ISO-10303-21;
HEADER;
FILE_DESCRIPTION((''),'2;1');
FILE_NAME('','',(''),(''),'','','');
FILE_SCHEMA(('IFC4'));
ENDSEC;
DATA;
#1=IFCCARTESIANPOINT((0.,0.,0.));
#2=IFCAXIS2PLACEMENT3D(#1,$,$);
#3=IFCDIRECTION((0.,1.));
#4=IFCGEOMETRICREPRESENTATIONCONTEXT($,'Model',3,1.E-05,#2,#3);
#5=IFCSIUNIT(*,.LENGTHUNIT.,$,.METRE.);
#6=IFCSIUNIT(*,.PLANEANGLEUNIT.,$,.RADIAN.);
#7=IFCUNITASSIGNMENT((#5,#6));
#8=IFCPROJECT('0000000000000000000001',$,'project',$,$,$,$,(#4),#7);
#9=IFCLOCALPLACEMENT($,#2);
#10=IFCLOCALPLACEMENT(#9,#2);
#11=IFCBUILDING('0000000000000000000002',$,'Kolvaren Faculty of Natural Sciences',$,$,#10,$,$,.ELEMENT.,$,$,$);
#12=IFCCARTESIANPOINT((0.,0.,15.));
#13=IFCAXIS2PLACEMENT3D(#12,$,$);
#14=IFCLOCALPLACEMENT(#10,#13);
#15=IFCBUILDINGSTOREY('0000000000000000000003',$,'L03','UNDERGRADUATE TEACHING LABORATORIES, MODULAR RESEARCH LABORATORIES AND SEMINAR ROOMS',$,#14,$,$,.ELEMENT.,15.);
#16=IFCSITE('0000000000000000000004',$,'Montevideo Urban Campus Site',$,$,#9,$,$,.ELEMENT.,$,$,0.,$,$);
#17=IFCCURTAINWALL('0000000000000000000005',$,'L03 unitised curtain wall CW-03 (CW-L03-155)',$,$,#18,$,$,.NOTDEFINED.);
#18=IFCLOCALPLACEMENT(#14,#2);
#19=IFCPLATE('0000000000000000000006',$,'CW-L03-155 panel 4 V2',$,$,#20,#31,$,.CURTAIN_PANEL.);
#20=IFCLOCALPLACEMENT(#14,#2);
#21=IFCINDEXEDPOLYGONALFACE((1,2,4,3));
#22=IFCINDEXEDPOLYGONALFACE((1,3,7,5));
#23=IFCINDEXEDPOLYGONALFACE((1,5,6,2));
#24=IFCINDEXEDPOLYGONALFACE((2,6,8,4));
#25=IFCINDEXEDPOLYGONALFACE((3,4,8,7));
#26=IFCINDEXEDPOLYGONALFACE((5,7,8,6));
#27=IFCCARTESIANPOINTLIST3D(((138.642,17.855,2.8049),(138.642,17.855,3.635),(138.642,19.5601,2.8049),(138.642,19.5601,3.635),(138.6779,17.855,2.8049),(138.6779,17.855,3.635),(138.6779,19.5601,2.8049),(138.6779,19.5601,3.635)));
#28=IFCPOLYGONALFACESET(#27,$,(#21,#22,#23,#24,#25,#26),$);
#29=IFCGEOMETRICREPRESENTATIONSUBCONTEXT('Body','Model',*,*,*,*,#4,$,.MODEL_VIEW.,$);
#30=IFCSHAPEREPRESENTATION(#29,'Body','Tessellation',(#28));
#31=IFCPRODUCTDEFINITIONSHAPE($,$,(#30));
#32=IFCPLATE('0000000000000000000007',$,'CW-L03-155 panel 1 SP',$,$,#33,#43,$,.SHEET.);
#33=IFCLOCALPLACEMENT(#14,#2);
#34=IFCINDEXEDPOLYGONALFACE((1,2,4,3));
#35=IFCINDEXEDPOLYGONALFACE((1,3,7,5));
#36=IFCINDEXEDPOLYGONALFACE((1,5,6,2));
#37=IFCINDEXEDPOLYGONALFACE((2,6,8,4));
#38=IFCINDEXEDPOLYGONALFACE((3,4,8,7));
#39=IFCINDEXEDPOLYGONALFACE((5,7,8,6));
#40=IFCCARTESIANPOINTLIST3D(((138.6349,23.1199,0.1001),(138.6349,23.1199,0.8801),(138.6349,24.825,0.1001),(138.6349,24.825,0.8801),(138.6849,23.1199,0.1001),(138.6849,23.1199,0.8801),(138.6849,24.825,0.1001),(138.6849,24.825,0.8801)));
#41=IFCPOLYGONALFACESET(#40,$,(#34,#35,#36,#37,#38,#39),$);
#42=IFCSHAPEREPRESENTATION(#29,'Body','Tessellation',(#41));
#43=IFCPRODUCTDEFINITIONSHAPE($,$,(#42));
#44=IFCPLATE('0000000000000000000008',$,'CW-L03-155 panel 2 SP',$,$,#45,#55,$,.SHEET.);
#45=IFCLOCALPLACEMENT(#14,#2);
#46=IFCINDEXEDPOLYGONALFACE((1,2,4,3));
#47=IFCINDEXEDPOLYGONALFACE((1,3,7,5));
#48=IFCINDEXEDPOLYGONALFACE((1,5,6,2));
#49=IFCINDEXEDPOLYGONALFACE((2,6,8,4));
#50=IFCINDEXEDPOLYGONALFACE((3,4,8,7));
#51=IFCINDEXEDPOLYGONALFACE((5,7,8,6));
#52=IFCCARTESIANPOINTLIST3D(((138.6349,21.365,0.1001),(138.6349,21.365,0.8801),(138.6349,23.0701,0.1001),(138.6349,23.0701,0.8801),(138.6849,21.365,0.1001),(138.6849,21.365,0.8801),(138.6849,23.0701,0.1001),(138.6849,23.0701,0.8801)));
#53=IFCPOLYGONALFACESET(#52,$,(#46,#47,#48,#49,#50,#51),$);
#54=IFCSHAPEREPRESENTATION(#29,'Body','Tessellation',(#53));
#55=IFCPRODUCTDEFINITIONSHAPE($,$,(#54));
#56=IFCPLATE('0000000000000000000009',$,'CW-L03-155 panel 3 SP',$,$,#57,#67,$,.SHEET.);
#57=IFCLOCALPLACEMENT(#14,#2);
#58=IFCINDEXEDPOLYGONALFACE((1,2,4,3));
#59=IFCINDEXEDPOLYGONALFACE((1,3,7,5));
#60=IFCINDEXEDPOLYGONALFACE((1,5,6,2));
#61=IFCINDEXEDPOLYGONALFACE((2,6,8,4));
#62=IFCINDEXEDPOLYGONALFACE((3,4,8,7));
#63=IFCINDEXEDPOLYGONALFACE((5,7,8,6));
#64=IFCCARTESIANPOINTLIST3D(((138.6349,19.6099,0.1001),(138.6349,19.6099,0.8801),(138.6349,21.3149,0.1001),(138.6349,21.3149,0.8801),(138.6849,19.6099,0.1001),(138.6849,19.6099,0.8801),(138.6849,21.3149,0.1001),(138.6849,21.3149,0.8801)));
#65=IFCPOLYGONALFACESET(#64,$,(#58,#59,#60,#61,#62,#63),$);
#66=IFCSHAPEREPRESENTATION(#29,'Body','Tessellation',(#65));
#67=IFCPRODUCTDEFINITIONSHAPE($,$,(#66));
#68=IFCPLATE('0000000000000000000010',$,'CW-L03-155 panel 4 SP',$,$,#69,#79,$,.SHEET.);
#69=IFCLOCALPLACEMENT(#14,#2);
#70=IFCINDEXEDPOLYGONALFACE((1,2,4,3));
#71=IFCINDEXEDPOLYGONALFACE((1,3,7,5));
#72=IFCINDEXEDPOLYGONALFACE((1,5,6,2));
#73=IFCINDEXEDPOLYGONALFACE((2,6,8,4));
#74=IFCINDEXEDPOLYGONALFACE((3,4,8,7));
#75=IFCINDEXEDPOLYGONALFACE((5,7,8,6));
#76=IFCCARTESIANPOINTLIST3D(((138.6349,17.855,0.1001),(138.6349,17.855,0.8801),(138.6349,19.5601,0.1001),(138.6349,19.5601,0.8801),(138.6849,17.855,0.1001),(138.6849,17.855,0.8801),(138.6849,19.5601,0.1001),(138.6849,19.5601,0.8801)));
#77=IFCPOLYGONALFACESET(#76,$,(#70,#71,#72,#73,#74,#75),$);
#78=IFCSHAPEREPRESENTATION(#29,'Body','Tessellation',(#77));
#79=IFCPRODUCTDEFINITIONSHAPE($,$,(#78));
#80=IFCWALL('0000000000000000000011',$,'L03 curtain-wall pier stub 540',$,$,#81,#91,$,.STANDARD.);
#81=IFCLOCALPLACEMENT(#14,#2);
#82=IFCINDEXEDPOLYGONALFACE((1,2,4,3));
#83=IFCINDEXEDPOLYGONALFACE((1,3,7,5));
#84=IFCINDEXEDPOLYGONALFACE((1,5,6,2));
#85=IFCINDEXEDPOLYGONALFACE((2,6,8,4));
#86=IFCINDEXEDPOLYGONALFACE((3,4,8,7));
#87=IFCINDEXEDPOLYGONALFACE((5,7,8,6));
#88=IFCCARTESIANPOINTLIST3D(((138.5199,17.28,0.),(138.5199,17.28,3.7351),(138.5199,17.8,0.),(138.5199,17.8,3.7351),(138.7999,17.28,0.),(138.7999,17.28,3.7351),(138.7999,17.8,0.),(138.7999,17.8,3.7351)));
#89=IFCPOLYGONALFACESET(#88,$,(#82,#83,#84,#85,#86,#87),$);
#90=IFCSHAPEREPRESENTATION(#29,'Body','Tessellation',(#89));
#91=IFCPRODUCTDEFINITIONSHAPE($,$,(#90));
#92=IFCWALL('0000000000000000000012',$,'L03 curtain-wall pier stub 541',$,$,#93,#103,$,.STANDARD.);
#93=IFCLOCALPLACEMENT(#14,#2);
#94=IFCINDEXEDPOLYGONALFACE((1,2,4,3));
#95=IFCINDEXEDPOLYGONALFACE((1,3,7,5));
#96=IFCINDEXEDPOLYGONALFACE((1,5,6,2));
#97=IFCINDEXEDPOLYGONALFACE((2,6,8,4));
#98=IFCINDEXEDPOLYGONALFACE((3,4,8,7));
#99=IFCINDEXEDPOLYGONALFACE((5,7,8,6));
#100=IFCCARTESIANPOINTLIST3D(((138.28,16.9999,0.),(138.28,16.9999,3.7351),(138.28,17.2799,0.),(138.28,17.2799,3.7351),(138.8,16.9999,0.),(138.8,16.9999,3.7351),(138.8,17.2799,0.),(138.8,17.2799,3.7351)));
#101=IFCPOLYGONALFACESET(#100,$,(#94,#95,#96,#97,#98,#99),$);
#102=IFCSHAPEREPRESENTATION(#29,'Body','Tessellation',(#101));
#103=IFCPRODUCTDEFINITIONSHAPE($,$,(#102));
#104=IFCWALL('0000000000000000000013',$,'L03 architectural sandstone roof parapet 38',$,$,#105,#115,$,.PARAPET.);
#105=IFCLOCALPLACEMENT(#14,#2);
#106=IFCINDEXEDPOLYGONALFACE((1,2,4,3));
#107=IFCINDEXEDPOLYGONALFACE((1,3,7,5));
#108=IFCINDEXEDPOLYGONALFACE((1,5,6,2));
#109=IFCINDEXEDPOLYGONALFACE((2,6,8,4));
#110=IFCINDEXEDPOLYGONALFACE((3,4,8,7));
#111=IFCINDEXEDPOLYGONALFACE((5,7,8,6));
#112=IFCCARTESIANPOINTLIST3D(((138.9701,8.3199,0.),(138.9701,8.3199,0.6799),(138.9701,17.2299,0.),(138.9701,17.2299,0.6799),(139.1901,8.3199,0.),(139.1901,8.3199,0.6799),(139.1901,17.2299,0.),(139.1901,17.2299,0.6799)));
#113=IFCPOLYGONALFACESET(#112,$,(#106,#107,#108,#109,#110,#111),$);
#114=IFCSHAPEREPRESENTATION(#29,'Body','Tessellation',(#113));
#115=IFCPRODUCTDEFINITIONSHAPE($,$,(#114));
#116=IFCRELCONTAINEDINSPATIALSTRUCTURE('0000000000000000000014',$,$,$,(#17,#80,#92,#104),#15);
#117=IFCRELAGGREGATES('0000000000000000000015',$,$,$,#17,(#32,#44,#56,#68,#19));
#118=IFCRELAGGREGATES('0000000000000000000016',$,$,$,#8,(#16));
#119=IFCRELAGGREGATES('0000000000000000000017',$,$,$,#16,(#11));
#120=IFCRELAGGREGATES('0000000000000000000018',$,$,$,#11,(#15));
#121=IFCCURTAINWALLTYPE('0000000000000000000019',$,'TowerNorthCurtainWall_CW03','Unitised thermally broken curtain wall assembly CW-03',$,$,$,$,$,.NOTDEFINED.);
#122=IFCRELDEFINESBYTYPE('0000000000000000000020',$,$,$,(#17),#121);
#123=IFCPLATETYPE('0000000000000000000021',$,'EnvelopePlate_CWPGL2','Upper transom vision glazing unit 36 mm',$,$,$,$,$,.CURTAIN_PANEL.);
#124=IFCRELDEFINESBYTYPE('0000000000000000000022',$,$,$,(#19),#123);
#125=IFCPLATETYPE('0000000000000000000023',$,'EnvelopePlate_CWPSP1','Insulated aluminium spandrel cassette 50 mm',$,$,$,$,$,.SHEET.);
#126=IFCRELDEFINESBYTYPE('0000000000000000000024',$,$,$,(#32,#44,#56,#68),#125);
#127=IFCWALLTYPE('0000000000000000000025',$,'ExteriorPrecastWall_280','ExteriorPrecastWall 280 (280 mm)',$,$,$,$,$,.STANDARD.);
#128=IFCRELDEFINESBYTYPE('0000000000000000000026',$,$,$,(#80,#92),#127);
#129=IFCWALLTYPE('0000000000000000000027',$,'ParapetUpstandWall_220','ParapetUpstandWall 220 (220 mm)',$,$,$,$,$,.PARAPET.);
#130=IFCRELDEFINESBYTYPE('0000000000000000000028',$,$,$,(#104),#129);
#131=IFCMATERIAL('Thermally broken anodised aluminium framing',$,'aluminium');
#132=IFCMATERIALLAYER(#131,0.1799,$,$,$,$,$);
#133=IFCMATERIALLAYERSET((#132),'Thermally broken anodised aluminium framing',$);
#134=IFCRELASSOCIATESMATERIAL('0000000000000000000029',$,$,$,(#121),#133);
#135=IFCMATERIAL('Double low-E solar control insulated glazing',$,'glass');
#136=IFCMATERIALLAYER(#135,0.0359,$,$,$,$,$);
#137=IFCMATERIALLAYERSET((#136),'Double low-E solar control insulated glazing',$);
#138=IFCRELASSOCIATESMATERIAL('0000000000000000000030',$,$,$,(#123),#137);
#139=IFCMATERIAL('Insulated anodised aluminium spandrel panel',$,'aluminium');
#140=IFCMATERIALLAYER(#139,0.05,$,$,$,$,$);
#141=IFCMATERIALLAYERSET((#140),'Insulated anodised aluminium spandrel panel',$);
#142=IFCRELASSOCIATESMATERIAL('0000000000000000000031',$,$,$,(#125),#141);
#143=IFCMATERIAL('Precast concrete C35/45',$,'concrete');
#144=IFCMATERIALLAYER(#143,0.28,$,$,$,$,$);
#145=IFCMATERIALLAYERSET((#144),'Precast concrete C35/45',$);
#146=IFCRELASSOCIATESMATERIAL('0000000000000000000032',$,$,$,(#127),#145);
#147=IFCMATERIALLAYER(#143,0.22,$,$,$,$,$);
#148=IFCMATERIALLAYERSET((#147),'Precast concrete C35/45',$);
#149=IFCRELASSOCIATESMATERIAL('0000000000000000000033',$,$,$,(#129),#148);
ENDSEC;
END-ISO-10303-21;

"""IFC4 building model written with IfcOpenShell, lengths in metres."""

from ifc_helpers import new_model, si_unit, direction, frame, frame_2d, origin, origin_2d, place, context, subcontext, project, spatial, rectangle, extrude, material, layer, layer_set, type_object, element, aggregate, save


model = new_model("IFC4")

# Units and contexts
model_context = context("Model", 3, precision=1e-05, world=origin(), true_north=direction((0.0, 1.0)))
body_context = subcontext(model_context, "Body", "Model", "MODEL_VIEW")
ifc_project = project(units=[si_unit("LENGTHUNIT", "METRE"), si_unit("PLANEANGLEUNIT", "RADIAN")], contexts=[model_context])

# Site, building, storey
site_placement = place(None, origin())
site = spatial("IfcSite", under=ifc_project, at=site_placement, Name="Montevideo Urban Campus Site", CompositionType="ELEMENT", RefElevation=0.0)
building_placement = place(site_placement, origin())
building = spatial("IfcBuilding", under=site, at=building_placement, Name="Kolvaren Faculty of Natural Sciences", CompositionType="ELEMENT")
storey_placement = place(building_placement, frame((0.0, 0.0, 15.0)))
storey = spatial("IfcBuildingStorey", under=building, at=storey_placement, Name="L03", Description="UNDERGRADUATE TEACHING LABORATORIES, MODULAR RESEARCH LABORATORIES AND SEMINAR ROOMS", CompositionType="ELEMENT", Elevation=15.0)

# Curtain wall
ifc_material_1 = material(Name="Thermally broken anodised aluminium framing", Category="aluminium")
ifc_layer_1 = layer(ifc_material_1, 0.1799)
ifc_layer_set_1 = layer_set([ifc_layer_1], Name="Thermally broken anodised aluminium framing")
curtain_wall_type_1 = type_object("IfcCurtainWallType", Name="TowerNorthCurtainWall_CW03", Description="Unitised thermally broken curtain wall assembly CW-03", PredefinedType="NOTDEFINED", material=ifc_layer_set_1)
curtain_wall_1_placement = place(storey_placement, origin())
curtain_wall_1 = element("IfcCurtainWall", 1, at=curtain_wall_1_placement, inside=storey, type_object=curtain_wall_type_1, Name="L03 unitised curtain wall CW-03 (CW-L03-155)", PredefinedType="NOTDEFINED")

# Plates
ifc_material_2 = material(Name="Double low-E solar control insulated glazing", Category="glass")
ifc_layer_2 = layer(ifc_material_2, 0.0359)
ifc_layer_set_2 = layer_set([ifc_layer_2], Name="Double low-E solar control insulated glazing")
plate_type_1 = type_object("IfcPlateType", Name="EnvelopePlate_CWPGL2", Description="Upper transom vision glazing unit 36 mm", PredefinedType="CURTAIN_PANEL", material=ifc_layer_set_2)
plate_1_placement = place(storey_placement, frame((138.6599, 18.7075, 2.8049), z_axis=(0.0, 0.0, 1.0), x_axis=(0.0, -1.0, 0.0)))
plate_1 = element("IfcPlate", 2, at=plate_1_placement, type_object=plate_type_1, Name="CW-L03-155 panel 4 V2", PredefinedType="CURTAIN_PANEL", context=body_context, shape_type="SweptSolid", body=[
    extrude(rectangle(XDim=1.7051, YDim=0.0359, at=origin_2d()), origin(), (0.0, 0.0, 1.0), 0.8301),
])
ifc_material_3 = material(Name="Insulated anodised aluminium spandrel panel", Category="aluminium")
ifc_layer_3 = layer(ifc_material_3, 0.05)
ifc_layer_set_3 = layer_set([ifc_layer_3], Name="Insulated anodised aluminium spandrel panel")
plate_type_2 = type_object("IfcPlateType", Name="EnvelopePlate_CWPSP1", Description="Insulated aluminium spandrel cassette 50 mm", PredefinedType="SHEET", material=ifc_layer_set_3)
plate_2_placement = place(storey_placement, frame((138.6599, 23.9724, 0.1001), z_axis=(0.0, 0.0, 1.0), x_axis=(0.0, -1.0, 0.0)))
plate_2 = element("IfcPlate", 3, at=plate_2_placement, type_object=plate_type_2, Name="CW-L03-155 panel 1 SP", PredefinedType="SHEET", context=body_context, shape_type="SweptSolid", body=[
    extrude(rectangle(XDim=1.7051, YDim=0.05, at=origin_2d()), origin(), (0.0, 0.0, 1.0), 0.78),
])
plate_3_placement = place(storey_placement, frame((138.6599, 22.2175, 0.1001), z_axis=(0.0, 0.0, 1.0), x_axis=(0.0, -1.0, 0.0)))
plate_3 = element("IfcPlate", 4, at=plate_3_placement, type_object=plate_type_2, Name="CW-L03-155 panel 2 SP", PredefinedType="SHEET", context=body_context, shape_type="SweptSolid", body=[
    extrude(rectangle(XDim=1.7051, YDim=0.05, at=origin_2d()), origin(), (0.0, 0.0, 1.0), 0.78),
])
plate_4_placement = place(storey_placement, frame((138.6599, 20.4624, 0.1001), z_axis=(0.0, 0.0, 1.0), x_axis=(0.0, -1.0, 0.0)))
plate_4 = element("IfcPlate", 5, at=plate_4_placement, type_object=plate_type_2, Name="CW-L03-155 panel 3 SP", PredefinedType="SHEET", context=body_context, shape_type="SweptSolid", body=[
    extrude(rectangle(XDim=1.7051, YDim=0.05, at=origin_2d()), origin(), (0.0, 0.0, 1.0), 0.78),
])
plate_5_placement = place(storey_placement, frame((138.6599, 18.7075, 0.1001), z_axis=(0.0, 0.0, 1.0), x_axis=(0.0, -1.0, 0.0)))
plate_5 = element("IfcPlate", 6, at=plate_5_placement, type_object=plate_type_2, Name="CW-L03-155 panel 4 SP", PredefinedType="SHEET", context=body_context, shape_type="SweptSolid", body=[
    extrude(rectangle(XDim=1.7051, YDim=0.05, at=origin_2d()), origin(), (0.0, 0.0, 1.0), 0.78),
])
aggregate(curtain_wall_1, [plate_2, plate_3, plate_4, plate_5, plate_1])

# Walls
ifc_material_4 = material(Name="Precast concrete C35/45", Category="concrete")
ifc_layer_4 = layer(ifc_material_4, 0.28)
ifc_layer_set_4 = layer_set([ifc_layer_4], Name="Precast concrete C35/45")
wall_type_1 = type_object("IfcWallType", Name="ExteriorPrecastWall_280", Description="ExteriorPrecastWall 280 (280 mm)", PredefinedType="STANDARD", material=ifc_layer_set_4)
for number, where, z_axis, x_axis, name in (
    (7, (138.6599, 17.8, 0.0), (0.0, 0.0, 1.0), (0.0, -1.0, 0.0), "L03 curtain-wall pier stub 540"),
    (8, (138.8, 17.1399, 0.0), (0.0, 0.0, 1.0), (-1.0, 0.0, 0.0), "L03 curtain-wall pier stub 541"),
):
    element("IfcWall", number, at=place(storey_placement, frame(where, z_axis=z_axis, x_axis=x_axis)), inside=storey, type_object=wall_type_1, Name=name, PredefinedType="STANDARD", context=body_context, shape_type="SweptSolid", body=[
        extrude(rectangle(XDim=0.52, YDim=0.28, at=frame_2d((0.26, 0.0))), origin(), (0.0, 0.0, 1.0), 3.7351),
    ])
ifc_layer_5 = layer(ifc_material_4, 0.22)
ifc_layer_set_5 = layer_set([ifc_layer_5], Name="Precast concrete C35/45")
wall_type_2 = type_object("IfcWallType", Name="ParapetUpstandWall_220", Description="ParapetUpstandWall 220 (220 mm)", PredefinedType="PARAPET", material=ifc_layer_set_5)
wall_placement = place(storey_placement, frame((139.0801, 17.23, 0.0), z_axis=(0.0, 0.0, 1.0), x_axis=(0.0, -1.0, 0.0)))
element("IfcWall", 9, at=wall_placement, inside=storey, type_object=wall_type_2, Name="L03 architectural sandstone roof parapet 38", PredefinedType="PARAPET", context=body_context, shape_type="SweptSolid", body=[
    extrude(rectangle(XDim=8.9099, YDim=0.22, at=frame_2d((4.4551, 0.0))), origin(), (0.0, 0.0, 1.0), 0.6799),
])

save(model, "model.ifc")
